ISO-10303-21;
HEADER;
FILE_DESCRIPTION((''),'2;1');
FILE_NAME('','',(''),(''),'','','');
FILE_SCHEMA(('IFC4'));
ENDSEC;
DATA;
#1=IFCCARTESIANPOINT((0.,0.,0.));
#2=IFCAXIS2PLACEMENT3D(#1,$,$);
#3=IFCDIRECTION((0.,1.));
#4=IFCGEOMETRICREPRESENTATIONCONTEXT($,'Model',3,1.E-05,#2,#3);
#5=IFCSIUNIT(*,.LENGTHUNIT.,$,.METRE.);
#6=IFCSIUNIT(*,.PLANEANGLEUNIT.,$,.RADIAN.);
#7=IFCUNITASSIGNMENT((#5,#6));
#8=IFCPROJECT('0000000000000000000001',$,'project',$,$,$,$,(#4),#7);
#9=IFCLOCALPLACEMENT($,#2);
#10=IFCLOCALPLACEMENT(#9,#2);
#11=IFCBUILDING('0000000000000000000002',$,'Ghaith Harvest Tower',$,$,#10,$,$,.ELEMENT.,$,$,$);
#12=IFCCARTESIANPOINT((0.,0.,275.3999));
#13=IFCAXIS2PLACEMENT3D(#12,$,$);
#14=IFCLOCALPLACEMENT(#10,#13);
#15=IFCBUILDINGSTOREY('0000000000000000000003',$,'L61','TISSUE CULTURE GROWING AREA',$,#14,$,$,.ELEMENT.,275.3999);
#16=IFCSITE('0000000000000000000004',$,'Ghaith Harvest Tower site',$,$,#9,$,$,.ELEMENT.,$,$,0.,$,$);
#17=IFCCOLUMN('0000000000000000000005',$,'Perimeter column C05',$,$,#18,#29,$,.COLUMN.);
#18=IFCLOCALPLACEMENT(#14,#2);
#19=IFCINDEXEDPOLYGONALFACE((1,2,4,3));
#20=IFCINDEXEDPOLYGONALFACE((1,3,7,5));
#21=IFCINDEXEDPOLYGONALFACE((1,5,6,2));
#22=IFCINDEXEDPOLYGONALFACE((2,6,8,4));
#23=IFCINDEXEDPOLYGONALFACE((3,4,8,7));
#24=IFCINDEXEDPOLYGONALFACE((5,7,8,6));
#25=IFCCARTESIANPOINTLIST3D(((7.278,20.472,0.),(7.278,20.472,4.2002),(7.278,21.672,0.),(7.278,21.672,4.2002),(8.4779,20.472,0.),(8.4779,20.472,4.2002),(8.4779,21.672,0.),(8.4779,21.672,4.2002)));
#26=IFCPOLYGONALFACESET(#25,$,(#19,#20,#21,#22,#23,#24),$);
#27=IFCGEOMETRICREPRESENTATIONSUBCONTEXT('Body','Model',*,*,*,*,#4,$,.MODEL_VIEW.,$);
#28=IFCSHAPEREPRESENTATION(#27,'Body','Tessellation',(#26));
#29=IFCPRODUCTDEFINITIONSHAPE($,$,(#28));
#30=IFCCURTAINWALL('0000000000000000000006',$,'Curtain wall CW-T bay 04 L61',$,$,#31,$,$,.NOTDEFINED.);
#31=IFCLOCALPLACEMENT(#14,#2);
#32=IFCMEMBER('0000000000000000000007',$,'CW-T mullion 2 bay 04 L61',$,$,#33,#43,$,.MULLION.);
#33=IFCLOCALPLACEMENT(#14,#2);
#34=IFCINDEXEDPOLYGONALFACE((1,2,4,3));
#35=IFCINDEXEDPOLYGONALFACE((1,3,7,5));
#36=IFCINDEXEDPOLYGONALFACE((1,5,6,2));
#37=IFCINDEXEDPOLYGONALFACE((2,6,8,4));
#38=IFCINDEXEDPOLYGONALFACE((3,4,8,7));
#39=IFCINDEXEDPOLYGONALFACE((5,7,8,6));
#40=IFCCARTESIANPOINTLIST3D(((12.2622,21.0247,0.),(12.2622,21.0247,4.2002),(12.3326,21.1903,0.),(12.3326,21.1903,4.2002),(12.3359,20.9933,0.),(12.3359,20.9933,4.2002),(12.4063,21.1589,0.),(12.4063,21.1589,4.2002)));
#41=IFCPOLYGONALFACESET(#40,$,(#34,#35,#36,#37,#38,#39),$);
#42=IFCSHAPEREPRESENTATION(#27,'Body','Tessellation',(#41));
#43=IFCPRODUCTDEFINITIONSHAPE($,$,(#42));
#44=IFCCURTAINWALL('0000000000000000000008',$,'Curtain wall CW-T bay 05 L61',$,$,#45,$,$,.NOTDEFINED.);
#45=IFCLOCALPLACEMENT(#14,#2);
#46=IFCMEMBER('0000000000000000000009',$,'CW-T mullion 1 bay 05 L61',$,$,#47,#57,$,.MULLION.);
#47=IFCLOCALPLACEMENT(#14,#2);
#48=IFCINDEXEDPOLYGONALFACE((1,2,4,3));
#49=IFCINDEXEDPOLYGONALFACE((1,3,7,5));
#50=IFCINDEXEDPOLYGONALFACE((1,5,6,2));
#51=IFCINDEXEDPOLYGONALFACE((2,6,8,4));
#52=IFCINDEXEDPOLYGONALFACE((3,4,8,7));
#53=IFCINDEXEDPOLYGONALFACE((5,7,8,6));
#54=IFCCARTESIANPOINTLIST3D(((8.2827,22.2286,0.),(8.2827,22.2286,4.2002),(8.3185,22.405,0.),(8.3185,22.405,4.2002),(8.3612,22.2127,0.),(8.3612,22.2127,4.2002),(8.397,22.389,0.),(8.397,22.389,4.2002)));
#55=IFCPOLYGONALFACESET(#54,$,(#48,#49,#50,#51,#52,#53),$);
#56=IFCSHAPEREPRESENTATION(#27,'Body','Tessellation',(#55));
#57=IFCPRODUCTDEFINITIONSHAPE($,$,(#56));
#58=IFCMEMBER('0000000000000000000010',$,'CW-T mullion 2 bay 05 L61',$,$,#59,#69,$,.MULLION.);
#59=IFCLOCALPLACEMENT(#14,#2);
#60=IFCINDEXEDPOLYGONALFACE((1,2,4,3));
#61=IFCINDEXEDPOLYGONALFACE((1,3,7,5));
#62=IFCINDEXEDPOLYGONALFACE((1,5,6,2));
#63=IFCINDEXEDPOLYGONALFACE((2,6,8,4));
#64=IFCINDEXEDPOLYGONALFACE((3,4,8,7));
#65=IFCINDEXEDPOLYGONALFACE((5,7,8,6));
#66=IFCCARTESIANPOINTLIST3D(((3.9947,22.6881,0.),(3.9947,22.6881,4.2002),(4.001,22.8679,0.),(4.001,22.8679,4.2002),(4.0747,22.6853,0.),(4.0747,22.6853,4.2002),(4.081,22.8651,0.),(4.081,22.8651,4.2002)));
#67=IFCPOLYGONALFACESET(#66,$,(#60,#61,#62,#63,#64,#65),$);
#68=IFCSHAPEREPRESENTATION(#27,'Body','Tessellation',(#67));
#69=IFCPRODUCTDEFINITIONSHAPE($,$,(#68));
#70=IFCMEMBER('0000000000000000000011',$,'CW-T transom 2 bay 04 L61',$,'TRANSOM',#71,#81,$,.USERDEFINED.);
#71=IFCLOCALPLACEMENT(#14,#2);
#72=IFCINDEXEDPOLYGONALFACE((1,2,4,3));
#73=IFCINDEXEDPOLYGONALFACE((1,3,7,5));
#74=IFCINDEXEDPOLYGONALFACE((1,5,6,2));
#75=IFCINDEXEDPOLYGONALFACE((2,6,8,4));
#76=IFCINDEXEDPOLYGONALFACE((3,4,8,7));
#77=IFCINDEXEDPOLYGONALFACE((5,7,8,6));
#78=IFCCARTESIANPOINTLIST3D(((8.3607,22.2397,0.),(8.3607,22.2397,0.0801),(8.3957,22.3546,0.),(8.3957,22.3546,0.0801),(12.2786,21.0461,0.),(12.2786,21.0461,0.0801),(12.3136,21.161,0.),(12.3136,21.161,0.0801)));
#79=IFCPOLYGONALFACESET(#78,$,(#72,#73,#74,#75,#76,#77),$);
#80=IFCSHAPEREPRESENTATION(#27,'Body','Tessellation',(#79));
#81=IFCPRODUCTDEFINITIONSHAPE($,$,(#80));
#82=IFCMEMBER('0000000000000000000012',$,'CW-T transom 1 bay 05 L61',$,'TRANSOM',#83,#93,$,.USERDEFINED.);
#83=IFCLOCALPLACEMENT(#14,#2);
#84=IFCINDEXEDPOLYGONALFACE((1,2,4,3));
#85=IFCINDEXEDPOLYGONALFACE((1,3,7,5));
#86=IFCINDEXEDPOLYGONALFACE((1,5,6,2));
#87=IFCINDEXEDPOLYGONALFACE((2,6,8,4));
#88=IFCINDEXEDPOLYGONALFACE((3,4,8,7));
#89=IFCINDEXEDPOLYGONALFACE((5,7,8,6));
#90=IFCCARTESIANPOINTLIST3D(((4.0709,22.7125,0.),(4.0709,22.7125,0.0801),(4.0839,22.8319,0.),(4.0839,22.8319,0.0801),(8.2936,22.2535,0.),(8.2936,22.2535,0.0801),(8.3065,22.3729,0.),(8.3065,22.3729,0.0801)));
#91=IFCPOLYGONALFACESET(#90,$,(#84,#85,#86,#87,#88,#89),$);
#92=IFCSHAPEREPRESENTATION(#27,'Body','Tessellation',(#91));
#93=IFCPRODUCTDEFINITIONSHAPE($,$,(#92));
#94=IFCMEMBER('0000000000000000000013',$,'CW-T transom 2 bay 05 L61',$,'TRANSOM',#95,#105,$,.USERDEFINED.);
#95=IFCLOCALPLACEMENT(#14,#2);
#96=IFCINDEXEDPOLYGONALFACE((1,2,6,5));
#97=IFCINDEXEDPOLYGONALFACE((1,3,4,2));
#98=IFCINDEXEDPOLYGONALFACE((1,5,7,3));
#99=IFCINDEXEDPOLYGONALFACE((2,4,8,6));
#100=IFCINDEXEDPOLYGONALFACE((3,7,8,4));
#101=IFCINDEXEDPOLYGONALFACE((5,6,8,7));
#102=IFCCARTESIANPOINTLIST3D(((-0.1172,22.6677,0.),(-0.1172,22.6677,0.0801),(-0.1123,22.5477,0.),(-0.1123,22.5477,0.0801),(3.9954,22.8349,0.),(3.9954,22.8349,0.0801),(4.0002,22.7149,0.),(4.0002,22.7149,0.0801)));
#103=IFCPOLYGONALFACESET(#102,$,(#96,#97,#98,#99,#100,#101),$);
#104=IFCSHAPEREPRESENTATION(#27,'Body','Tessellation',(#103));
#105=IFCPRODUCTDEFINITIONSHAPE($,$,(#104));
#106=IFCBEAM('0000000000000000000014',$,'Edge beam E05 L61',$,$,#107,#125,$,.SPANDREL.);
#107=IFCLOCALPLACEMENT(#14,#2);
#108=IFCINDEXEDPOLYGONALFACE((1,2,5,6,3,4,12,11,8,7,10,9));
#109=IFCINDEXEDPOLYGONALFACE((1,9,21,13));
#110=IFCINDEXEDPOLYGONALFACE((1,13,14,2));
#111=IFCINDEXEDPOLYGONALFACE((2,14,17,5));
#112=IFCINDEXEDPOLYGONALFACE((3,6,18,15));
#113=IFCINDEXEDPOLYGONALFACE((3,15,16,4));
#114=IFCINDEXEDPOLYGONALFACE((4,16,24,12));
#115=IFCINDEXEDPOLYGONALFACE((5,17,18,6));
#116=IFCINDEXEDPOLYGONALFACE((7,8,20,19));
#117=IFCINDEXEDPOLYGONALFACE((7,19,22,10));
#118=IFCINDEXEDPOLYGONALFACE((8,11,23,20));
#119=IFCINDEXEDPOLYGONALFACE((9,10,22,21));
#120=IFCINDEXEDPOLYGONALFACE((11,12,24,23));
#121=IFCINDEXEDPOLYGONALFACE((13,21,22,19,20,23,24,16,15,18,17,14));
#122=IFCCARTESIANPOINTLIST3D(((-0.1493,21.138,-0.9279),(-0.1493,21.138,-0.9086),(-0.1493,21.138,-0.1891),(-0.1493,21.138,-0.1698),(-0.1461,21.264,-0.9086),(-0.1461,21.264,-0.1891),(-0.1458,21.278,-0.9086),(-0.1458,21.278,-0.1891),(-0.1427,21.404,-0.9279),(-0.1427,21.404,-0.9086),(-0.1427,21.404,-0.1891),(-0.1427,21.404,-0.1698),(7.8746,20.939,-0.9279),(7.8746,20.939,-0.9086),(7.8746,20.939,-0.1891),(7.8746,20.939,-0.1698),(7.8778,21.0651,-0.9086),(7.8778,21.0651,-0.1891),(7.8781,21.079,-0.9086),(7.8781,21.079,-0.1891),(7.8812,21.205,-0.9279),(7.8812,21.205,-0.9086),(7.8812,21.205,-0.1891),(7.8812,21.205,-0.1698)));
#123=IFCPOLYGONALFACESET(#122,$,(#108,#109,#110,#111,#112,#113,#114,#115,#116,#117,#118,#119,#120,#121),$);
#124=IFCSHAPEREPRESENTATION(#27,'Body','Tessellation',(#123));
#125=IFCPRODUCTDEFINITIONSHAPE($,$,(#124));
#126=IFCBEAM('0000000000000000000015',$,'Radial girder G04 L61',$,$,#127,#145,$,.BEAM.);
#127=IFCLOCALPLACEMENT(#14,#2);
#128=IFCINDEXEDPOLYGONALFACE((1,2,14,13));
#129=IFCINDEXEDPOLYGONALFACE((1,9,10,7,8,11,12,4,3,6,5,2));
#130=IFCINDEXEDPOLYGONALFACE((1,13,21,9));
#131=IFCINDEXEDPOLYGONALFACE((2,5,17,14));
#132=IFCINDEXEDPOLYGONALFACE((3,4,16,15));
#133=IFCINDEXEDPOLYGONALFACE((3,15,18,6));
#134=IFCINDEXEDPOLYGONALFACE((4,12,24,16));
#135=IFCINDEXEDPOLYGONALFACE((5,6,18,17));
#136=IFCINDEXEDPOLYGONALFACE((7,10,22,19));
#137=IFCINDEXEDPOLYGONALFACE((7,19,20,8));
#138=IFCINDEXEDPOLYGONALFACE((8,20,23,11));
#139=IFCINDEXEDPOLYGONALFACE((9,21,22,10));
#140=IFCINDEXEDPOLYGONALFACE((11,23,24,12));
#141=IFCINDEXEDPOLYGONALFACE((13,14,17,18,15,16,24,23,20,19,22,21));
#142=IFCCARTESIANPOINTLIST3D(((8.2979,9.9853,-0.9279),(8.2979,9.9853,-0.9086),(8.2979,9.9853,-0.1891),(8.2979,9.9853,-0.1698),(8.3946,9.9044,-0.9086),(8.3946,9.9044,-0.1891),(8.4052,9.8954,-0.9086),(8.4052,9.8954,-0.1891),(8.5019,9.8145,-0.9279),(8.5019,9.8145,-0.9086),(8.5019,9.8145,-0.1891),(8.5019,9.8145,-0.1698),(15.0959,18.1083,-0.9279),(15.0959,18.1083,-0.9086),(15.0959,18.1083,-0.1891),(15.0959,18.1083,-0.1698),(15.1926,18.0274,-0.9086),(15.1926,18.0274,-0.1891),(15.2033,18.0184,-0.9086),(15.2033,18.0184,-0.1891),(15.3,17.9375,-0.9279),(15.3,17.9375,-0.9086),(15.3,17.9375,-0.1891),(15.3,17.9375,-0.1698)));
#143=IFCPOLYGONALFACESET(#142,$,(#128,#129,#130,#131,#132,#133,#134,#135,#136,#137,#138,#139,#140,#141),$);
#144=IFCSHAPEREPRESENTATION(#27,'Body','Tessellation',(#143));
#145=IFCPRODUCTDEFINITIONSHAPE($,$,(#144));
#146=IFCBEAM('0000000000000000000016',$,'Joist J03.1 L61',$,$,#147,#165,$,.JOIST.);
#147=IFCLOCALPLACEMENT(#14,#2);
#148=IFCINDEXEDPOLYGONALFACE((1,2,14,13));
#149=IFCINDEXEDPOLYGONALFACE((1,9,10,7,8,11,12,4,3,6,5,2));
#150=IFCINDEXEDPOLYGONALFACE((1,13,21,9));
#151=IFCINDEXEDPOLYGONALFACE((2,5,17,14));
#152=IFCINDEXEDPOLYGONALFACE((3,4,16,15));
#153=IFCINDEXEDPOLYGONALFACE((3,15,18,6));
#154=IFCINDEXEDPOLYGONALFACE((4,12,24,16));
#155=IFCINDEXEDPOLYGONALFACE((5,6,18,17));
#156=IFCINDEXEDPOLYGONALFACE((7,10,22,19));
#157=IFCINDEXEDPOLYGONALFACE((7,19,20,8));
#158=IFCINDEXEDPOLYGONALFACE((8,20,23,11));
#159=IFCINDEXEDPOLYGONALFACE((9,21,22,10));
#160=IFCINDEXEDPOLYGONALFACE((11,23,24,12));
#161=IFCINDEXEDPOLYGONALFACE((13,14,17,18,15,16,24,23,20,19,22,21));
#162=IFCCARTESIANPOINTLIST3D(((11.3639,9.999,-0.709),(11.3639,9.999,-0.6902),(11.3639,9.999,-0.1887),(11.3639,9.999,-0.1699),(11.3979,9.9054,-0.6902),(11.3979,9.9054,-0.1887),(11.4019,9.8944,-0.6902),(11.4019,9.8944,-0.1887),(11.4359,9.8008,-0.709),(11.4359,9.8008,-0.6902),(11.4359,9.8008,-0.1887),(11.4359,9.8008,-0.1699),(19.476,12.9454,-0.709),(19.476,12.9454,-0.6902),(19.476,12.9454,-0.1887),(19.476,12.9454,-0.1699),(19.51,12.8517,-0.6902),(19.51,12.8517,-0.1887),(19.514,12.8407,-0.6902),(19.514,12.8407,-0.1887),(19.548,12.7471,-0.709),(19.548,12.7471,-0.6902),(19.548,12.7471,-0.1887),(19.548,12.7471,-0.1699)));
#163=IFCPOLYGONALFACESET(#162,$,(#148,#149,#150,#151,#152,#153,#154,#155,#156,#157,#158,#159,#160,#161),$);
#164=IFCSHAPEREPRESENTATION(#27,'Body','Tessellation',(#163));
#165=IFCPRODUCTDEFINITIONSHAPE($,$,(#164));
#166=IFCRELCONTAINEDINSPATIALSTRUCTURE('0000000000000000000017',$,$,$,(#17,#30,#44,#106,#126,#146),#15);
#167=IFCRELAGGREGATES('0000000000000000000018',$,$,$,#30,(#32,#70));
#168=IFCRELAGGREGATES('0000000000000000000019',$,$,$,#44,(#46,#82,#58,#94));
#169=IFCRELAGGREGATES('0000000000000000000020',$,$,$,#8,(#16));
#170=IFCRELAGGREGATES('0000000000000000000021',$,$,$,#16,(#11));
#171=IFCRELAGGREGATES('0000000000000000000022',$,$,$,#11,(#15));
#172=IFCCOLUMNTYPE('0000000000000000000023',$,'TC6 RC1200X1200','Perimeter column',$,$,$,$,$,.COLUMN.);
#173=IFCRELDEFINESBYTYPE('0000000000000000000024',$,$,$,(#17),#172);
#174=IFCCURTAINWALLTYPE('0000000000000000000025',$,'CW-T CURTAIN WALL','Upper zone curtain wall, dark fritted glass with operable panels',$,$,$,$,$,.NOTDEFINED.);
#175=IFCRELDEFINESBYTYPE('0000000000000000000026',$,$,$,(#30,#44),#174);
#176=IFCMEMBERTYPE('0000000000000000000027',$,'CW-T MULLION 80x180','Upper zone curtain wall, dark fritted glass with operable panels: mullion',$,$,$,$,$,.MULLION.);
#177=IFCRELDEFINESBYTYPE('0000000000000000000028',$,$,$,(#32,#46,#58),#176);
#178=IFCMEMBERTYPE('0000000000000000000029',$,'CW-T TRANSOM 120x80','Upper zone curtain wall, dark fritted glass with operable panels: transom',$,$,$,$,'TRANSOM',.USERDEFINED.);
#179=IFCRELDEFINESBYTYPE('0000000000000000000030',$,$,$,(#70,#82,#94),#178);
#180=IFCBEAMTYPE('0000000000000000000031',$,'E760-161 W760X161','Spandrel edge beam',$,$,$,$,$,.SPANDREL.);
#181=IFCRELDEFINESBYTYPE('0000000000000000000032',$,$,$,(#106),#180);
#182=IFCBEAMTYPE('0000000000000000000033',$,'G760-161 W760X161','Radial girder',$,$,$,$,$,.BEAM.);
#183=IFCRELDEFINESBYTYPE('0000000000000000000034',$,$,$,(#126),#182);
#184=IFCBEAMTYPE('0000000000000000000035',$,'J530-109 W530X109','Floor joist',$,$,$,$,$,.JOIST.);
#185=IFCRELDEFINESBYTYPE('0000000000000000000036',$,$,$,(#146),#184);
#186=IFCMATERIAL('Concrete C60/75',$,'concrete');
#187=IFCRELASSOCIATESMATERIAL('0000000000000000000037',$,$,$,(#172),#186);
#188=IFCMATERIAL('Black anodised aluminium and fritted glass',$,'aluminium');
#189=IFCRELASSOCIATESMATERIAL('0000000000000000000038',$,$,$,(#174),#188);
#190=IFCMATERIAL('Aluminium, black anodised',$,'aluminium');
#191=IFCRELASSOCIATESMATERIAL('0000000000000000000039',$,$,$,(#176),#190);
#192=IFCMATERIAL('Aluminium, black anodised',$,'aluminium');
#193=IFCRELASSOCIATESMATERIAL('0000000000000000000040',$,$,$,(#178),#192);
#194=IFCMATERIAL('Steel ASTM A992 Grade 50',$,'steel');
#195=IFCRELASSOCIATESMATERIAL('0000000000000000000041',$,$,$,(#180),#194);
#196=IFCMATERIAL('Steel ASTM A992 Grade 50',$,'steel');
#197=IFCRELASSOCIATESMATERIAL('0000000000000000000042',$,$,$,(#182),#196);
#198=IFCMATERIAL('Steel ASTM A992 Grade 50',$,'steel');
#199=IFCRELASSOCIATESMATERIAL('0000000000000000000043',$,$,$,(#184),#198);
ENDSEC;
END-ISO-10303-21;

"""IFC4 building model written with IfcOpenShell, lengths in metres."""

from ifc_helpers import new_model, si_unit, direction, frame, origin, origin_2d, place, context, subcontext, project, spatial, rectangle, i_section, extrude, material, material_profile, profile_set, type_object, element, aggregate, save


model = new_model("IFC4")

# Units and contexts
model_context = context("Model", 3, precision=1e-05, world=origin(), true_north=direction((0.0, 1.0)))
body_context = subcontext(model_context, "Body", "Model", "MODEL_VIEW")
ifc_project = project(units=[si_unit("LENGTHUNIT", "METRE"), si_unit("PLANEANGLEUNIT", "RADIAN")], contexts=[model_context])

# Site, building, storey
site_placement = place(None, origin())
site = spatial("IfcSite", under=ifc_project, at=site_placement, Name="Ghaith Harvest Tower site", CompositionType="ELEMENT", RefElevation=0.0)
building_placement = place(site_placement, origin())
building = spatial("IfcBuilding", under=site, at=building_placement, Name="Ghaith Harvest Tower", CompositionType="ELEMENT")
storey_placement = place(building_placement, frame((0.0, 0.0, 275.3999)))
storey = spatial("IfcBuildingStorey", under=building, at=storey_placement, Name="L61", Description="TISSUE CULTURE GROWING AREA", CompositionType="ELEMENT", Elevation=275.3999)

# Column
ifc_material_1 = material(Name="Concrete C60/75", Category="concrete")
ifc_material_profile_1 = material_profile(ifc_material_1, rectangle(XDim=1.2, YDim=1.2, at=origin_2d()), Name="RC1200X1200")
ifc_profile_set_1 = profile_set([ifc_material_profile_1], Name="Concrete C60/75")
column_type = type_object("IfcColumnType", Name="TC6 RC1200X1200", Description="Perimeter column", PredefinedType="COLUMN", material=ifc_profile_set_1)
column_placement = place(storey_placement, frame((7.8779, 21.072, 0.0), z_axis=(0.0, 0.0, 1.0), x_axis=(1.0, 0.0, 0.0)))
element("IfcColumn", 1, at=column_placement, inside=storey, type_object=column_type, Name="Perimeter column C05", PredefinedType="COLUMN", context=body_context, shape_type="SweptSolid", body=[
    extrude(rectangle(XDim=1.2, YDim=1.2, at=origin_2d()), origin(), (0.0, 0.0, 1.0), 4.2002),
])

# Curtain wall, member
ifc_material_2 = material(Name="Black anodised aluminium and fritted glass", Category="aluminium")
curtain_wall_type = type_object("IfcCurtainWallType", Name="CW-T CURTAIN WALL", Description="Upper zone curtain wall, dark fritted glass with operable panels", PredefinedType="NOTDEFINED", material=ifc_material_2)
curtain_wall_1_placement = place(storey_placement, origin())
curtain_wall_1 = element("IfcCurtainWall", 2, at=curtain_wall_1_placement, inside=storey, type_object=curtain_wall_type, Name="Curtain wall CW-T bay 04 L61", PredefinedType="NOTDEFINED")
ifc_material_3 = material(Name="Aluminium, black anodised", Category="aluminium")
ifc_material_profile_2 = material_profile(ifc_material_3, rectangle(XDim=0.0801, YDim=0.1799, at=origin_2d()), Name="CW-T MULLION 80x180")
ifc_profile_set_2 = profile_set([ifc_material_profile_2], Name="Aluminium, black anodised")
member_type_1 = type_object("IfcMemberType", Name="CW-T MULLION 80x180", Description="Upper zone curtain wall, dark fritted glass with operable panels: mullion", PredefinedType="MULLION", material=ifc_profile_set_2)
member_1_placement = place(storey_placement, frame((12.3342, 21.0918, 0.0), z_axis=(0.0, 0.0, 1.0), x_axis=(-0.920319, 0.391168, 0.0)))
member_1 = element("IfcMember", 3, at=member_1_placement, type_object=member_type_1, Name="CW-T mullion 2 bay 04 L61", PredefinedType="MULLION", context=body_context, shape_type="SweptSolid", body=[
    extrude(rectangle(XDim=0.0801, YDim=0.1799, at=origin_2d()), origin(), (0.0, 0.0, 1.0), 4.2002),
])

# Curtain wall, members
curtain_wall_2_placement = place(storey_placement, origin())
curtain_wall_2 = element("IfcCurtainWall", 4, at=curtain_wall_2_placement, inside=storey, type_object=curtain_wall_type, Name="Curtain wall CW-T bay 05 L61", PredefinedType="NOTDEFINED")
member_2_placement = place(storey_placement, frame((8.3398, 22.3088, 0.0), z_axis=(0.0, 0.0, 1.0), x_axis=(-0.98, 0.198997, 0.0)))
member_2 = element("IfcMember", 5, at=member_2_placement, type_object=member_type_1, Name="CW-T mullion 1 bay 05 L61", PredefinedType="MULLION", context=body_context, shape_type="SweptSolid", body=[
    extrude(rectangle(XDim=0.0801, YDim=0.1799, at=origin_2d()), origin(), (0.0, 0.0, 1.0), 4.2002),
])
member_3_placement = place(storey_placement, frame((4.0378, 22.7766, 0.0), z_axis=(0.0, 0.0, 1.0), x_axis=(-0.999389, 0.034962, 0.0)))
member_3 = element("IfcMember", 6, at=member_3_placement, type_object=member_type_1, Name="CW-T mullion 2 bay 05 L61", PredefinedType="MULLION", context=body_context, shape_type="SweptSolid", body=[
    extrude(rectangle(XDim=0.0801, YDim=0.1799, at=origin_2d()), origin(), (0.0, 0.0, 1.0), 4.2002),
])

# Members
ifc_material_4 = material(Name="Aluminium, black anodised", Category="aluminium")
ifc_material_profile_3 = material_profile(ifc_material_4, rectangle(XDim=0.1201, YDim=0.0801, at=origin_2d()), Name="CW-T TRANSOM 120x80")
ifc_profile_set_3 = profile_set([ifc_material_profile_3], Name="Aluminium, black anodised")
member_type_2 = type_object("IfcMemberType", Name="CW-T TRANSOM 120x80", Description="Upper zone curtain wall, dark fritted glass with operable panels: transom", ElementType="TRANSOM", PredefinedType="USERDEFINED", material=ifc_profile_set_3)
member_4_placement = place(storey_placement, frame((12.2961, 21.1035, 0.04), z_axis=(-0.956594, 0.291425, 0.0), x_axis=(-0.291425, -0.956594, 0.0)))
member_4 = element("IfcMember", 7, at=member_4_placement, type_object=member_type_2, Name="CW-T transom 2 bay 04 L61", ObjectType="TRANSOM", PredefinedType="USERDEFINED", context=body_context, shape_type="SweptSolid", body=[
    extrude(rectangle(XDim=0.1201, YDim=0.0801, at=origin_2d()), origin(), (0.0, 0.0, 1.0), 4.0957),
])
member_5_placement = place(storey_placement, frame((8.3, 22.3132, 0.04), z_axis=(-0.994144, 0.108059, 0.0), x_axis=(-0.108059, -0.994144, 0.0)))
member_5 = element("IfcMember", 8, at=member_5_placement, type_object=member_type_2, Name="CW-T transom 1 bay 05 L61", ObjectType="TRANSOM", PredefinedType="USERDEFINED", context=body_context, shape_type="SweptSolid", body=[
    extrude(rectangle(XDim=0.1201, YDim=0.0801, at=origin_2d()), origin(), (0.0, 0.0, 1.0), 4.2476),
])
member_6_placement = place(storey_placement, frame((3.9978, 22.7749, 0.04), z_axis=(-0.999174, -0.040631, 0.0), x_axis=(0.040631, -0.999174, 0.0)))
member_6 = element("IfcMember", 9, at=member_6_placement, type_object=member_type_2, Name="CW-T transom 2 bay 05 L61", ObjectType="TRANSOM", PredefinedType="USERDEFINED", context=body_context, shape_type="SweptSolid", body=[
    extrude(rectangle(XDim=0.1201, YDim=0.0801, at=origin_2d()), origin(), (0.0, 0.0, 1.0), 4.116),
])

# Beams
ifc_material_5 = material(Name="Steel ASTM A992 Grade 50", Category="steel")
ifc_material_profile_4 = material_profile(ifc_material_5, i_section(OverallWidth=0.2661, OverallDepth=0.7581, WebThickness=0.0139, FlangeThickness=0.0193, at=origin_2d()), Name="W760X161")
ifc_profile_set_4 = profile_set([ifc_material_profile_4], Name="Steel ASTM A992 Grade 50")
beam_type_1 = type_object("IfcBeamType", Name="E760-161 W760X161", Description="Spandrel edge beam", PredefinedType="SPANDREL", material=ifc_profile_set_4)
beam_1_placement = place(storey_placement, frame((7.8779, 21.072, -0.5488), z_axis=(-0.999693, 0.02479, 0.0), x_axis=(-0.02479, -0.999693, 0.0)))
element("IfcBeam", 10, at=beam_1_placement, inside=storey, type_object=beam_type_1, Name="Edge beam E05 L61", PredefinedType="SPANDREL", context=body_context, shape_type="SweptSolid", body=[
    extrude(i_section(OverallWidth=0.2661, OverallDepth=0.7581, WebThickness=0.0139, FlangeThickness=0.0193, at=origin_2d()), origin(), (0.0, 0.0, 1.0), 8.0264),
])
ifc_material_6 = material(Name="Steel ASTM A992 Grade 50", Category="steel")
ifc_material_profile_5 = material_profile(ifc_material_6, i_section(OverallWidth=0.2661, OverallDepth=0.7581, WebThickness=0.0139, FlangeThickness=0.0193, at=origin_2d()), Name="W760X161")
ifc_profile_set_5 = profile_set([ifc_material_profile_5], Name="Steel ASTM A992 Grade 50")
beam_type_2 = type_object("IfcBeamType", Name="G760-161 W760X161", Description="Radial girder", PredefinedType="BEAM", material=ifc_profile_set_5)
beam_2_placement = place(storey_placement, frame((8.3999, 9.8999, -0.5488), z_axis=(0.641793, 0.766878, 0.0), x_axis=(-0.766878, 0.641793, 0.0)))
element("IfcBeam", 11, at=beam_2_placement, inside=storey, type_object=beam_type_2, Name="Radial girder G04 L61", PredefinedType="BEAM", context=body_context, shape_type="SweptSolid", body=[
    extrude(i_section(OverallWidth=0.2661, OverallDepth=0.7581, WebThickness=0.0139, FlangeThickness=0.0193, at=origin_2d()), origin(), (0.0, 0.0, 1.0), 10.5923),
])
ifc_material_7 = material(Name="Steel ASTM A992 Grade 50", Category="steel")
ifc_material_profile_6 = material_profile(ifc_material_7, i_section(OverallWidth=0.2109, OverallDepth=0.5391, WebThickness=0.0117, FlangeThickness=0.0188, at=origin_2d()), Name="W530X109")
ifc_profile_set_6 = profile_set([ifc_material_profile_6], Name="Steel ASTM A992 Grade 50")
beam_type_3 = type_object("IfcBeamType", Name="J530-109 W530X109", Description="Floor joist", PredefinedType="JOIST", material=ifc_profile_set_6)
beam_3_placement = place(storey_placement, frame((11.3999, 9.8999, -0.4395), z_axis=(0.939926, 0.34138, 0.0), x_axis=(-0.34138, 0.939926, 0.0)))
element("IfcBeam", 12, at=beam_3_placement, inside=storey, type_object=beam_type_3, Name="Joist J03.1 L61", PredefinedType="JOIST", context=body_context, shape_type="SweptSolid", body=[
    extrude(i_section(OverallWidth=0.2109, OverallDepth=0.5391, WebThickness=0.0117, FlangeThickness=0.0188, at=origin_2d()), origin(), (0.0, 0.0, 1.0), 8.6306),
])

aggregate(curtain_wall_1, [member_1, member_4])
aggregate(curtain_wall_2, [member_2, member_5, member_3, member_6])

save(model, "model.ifc")
